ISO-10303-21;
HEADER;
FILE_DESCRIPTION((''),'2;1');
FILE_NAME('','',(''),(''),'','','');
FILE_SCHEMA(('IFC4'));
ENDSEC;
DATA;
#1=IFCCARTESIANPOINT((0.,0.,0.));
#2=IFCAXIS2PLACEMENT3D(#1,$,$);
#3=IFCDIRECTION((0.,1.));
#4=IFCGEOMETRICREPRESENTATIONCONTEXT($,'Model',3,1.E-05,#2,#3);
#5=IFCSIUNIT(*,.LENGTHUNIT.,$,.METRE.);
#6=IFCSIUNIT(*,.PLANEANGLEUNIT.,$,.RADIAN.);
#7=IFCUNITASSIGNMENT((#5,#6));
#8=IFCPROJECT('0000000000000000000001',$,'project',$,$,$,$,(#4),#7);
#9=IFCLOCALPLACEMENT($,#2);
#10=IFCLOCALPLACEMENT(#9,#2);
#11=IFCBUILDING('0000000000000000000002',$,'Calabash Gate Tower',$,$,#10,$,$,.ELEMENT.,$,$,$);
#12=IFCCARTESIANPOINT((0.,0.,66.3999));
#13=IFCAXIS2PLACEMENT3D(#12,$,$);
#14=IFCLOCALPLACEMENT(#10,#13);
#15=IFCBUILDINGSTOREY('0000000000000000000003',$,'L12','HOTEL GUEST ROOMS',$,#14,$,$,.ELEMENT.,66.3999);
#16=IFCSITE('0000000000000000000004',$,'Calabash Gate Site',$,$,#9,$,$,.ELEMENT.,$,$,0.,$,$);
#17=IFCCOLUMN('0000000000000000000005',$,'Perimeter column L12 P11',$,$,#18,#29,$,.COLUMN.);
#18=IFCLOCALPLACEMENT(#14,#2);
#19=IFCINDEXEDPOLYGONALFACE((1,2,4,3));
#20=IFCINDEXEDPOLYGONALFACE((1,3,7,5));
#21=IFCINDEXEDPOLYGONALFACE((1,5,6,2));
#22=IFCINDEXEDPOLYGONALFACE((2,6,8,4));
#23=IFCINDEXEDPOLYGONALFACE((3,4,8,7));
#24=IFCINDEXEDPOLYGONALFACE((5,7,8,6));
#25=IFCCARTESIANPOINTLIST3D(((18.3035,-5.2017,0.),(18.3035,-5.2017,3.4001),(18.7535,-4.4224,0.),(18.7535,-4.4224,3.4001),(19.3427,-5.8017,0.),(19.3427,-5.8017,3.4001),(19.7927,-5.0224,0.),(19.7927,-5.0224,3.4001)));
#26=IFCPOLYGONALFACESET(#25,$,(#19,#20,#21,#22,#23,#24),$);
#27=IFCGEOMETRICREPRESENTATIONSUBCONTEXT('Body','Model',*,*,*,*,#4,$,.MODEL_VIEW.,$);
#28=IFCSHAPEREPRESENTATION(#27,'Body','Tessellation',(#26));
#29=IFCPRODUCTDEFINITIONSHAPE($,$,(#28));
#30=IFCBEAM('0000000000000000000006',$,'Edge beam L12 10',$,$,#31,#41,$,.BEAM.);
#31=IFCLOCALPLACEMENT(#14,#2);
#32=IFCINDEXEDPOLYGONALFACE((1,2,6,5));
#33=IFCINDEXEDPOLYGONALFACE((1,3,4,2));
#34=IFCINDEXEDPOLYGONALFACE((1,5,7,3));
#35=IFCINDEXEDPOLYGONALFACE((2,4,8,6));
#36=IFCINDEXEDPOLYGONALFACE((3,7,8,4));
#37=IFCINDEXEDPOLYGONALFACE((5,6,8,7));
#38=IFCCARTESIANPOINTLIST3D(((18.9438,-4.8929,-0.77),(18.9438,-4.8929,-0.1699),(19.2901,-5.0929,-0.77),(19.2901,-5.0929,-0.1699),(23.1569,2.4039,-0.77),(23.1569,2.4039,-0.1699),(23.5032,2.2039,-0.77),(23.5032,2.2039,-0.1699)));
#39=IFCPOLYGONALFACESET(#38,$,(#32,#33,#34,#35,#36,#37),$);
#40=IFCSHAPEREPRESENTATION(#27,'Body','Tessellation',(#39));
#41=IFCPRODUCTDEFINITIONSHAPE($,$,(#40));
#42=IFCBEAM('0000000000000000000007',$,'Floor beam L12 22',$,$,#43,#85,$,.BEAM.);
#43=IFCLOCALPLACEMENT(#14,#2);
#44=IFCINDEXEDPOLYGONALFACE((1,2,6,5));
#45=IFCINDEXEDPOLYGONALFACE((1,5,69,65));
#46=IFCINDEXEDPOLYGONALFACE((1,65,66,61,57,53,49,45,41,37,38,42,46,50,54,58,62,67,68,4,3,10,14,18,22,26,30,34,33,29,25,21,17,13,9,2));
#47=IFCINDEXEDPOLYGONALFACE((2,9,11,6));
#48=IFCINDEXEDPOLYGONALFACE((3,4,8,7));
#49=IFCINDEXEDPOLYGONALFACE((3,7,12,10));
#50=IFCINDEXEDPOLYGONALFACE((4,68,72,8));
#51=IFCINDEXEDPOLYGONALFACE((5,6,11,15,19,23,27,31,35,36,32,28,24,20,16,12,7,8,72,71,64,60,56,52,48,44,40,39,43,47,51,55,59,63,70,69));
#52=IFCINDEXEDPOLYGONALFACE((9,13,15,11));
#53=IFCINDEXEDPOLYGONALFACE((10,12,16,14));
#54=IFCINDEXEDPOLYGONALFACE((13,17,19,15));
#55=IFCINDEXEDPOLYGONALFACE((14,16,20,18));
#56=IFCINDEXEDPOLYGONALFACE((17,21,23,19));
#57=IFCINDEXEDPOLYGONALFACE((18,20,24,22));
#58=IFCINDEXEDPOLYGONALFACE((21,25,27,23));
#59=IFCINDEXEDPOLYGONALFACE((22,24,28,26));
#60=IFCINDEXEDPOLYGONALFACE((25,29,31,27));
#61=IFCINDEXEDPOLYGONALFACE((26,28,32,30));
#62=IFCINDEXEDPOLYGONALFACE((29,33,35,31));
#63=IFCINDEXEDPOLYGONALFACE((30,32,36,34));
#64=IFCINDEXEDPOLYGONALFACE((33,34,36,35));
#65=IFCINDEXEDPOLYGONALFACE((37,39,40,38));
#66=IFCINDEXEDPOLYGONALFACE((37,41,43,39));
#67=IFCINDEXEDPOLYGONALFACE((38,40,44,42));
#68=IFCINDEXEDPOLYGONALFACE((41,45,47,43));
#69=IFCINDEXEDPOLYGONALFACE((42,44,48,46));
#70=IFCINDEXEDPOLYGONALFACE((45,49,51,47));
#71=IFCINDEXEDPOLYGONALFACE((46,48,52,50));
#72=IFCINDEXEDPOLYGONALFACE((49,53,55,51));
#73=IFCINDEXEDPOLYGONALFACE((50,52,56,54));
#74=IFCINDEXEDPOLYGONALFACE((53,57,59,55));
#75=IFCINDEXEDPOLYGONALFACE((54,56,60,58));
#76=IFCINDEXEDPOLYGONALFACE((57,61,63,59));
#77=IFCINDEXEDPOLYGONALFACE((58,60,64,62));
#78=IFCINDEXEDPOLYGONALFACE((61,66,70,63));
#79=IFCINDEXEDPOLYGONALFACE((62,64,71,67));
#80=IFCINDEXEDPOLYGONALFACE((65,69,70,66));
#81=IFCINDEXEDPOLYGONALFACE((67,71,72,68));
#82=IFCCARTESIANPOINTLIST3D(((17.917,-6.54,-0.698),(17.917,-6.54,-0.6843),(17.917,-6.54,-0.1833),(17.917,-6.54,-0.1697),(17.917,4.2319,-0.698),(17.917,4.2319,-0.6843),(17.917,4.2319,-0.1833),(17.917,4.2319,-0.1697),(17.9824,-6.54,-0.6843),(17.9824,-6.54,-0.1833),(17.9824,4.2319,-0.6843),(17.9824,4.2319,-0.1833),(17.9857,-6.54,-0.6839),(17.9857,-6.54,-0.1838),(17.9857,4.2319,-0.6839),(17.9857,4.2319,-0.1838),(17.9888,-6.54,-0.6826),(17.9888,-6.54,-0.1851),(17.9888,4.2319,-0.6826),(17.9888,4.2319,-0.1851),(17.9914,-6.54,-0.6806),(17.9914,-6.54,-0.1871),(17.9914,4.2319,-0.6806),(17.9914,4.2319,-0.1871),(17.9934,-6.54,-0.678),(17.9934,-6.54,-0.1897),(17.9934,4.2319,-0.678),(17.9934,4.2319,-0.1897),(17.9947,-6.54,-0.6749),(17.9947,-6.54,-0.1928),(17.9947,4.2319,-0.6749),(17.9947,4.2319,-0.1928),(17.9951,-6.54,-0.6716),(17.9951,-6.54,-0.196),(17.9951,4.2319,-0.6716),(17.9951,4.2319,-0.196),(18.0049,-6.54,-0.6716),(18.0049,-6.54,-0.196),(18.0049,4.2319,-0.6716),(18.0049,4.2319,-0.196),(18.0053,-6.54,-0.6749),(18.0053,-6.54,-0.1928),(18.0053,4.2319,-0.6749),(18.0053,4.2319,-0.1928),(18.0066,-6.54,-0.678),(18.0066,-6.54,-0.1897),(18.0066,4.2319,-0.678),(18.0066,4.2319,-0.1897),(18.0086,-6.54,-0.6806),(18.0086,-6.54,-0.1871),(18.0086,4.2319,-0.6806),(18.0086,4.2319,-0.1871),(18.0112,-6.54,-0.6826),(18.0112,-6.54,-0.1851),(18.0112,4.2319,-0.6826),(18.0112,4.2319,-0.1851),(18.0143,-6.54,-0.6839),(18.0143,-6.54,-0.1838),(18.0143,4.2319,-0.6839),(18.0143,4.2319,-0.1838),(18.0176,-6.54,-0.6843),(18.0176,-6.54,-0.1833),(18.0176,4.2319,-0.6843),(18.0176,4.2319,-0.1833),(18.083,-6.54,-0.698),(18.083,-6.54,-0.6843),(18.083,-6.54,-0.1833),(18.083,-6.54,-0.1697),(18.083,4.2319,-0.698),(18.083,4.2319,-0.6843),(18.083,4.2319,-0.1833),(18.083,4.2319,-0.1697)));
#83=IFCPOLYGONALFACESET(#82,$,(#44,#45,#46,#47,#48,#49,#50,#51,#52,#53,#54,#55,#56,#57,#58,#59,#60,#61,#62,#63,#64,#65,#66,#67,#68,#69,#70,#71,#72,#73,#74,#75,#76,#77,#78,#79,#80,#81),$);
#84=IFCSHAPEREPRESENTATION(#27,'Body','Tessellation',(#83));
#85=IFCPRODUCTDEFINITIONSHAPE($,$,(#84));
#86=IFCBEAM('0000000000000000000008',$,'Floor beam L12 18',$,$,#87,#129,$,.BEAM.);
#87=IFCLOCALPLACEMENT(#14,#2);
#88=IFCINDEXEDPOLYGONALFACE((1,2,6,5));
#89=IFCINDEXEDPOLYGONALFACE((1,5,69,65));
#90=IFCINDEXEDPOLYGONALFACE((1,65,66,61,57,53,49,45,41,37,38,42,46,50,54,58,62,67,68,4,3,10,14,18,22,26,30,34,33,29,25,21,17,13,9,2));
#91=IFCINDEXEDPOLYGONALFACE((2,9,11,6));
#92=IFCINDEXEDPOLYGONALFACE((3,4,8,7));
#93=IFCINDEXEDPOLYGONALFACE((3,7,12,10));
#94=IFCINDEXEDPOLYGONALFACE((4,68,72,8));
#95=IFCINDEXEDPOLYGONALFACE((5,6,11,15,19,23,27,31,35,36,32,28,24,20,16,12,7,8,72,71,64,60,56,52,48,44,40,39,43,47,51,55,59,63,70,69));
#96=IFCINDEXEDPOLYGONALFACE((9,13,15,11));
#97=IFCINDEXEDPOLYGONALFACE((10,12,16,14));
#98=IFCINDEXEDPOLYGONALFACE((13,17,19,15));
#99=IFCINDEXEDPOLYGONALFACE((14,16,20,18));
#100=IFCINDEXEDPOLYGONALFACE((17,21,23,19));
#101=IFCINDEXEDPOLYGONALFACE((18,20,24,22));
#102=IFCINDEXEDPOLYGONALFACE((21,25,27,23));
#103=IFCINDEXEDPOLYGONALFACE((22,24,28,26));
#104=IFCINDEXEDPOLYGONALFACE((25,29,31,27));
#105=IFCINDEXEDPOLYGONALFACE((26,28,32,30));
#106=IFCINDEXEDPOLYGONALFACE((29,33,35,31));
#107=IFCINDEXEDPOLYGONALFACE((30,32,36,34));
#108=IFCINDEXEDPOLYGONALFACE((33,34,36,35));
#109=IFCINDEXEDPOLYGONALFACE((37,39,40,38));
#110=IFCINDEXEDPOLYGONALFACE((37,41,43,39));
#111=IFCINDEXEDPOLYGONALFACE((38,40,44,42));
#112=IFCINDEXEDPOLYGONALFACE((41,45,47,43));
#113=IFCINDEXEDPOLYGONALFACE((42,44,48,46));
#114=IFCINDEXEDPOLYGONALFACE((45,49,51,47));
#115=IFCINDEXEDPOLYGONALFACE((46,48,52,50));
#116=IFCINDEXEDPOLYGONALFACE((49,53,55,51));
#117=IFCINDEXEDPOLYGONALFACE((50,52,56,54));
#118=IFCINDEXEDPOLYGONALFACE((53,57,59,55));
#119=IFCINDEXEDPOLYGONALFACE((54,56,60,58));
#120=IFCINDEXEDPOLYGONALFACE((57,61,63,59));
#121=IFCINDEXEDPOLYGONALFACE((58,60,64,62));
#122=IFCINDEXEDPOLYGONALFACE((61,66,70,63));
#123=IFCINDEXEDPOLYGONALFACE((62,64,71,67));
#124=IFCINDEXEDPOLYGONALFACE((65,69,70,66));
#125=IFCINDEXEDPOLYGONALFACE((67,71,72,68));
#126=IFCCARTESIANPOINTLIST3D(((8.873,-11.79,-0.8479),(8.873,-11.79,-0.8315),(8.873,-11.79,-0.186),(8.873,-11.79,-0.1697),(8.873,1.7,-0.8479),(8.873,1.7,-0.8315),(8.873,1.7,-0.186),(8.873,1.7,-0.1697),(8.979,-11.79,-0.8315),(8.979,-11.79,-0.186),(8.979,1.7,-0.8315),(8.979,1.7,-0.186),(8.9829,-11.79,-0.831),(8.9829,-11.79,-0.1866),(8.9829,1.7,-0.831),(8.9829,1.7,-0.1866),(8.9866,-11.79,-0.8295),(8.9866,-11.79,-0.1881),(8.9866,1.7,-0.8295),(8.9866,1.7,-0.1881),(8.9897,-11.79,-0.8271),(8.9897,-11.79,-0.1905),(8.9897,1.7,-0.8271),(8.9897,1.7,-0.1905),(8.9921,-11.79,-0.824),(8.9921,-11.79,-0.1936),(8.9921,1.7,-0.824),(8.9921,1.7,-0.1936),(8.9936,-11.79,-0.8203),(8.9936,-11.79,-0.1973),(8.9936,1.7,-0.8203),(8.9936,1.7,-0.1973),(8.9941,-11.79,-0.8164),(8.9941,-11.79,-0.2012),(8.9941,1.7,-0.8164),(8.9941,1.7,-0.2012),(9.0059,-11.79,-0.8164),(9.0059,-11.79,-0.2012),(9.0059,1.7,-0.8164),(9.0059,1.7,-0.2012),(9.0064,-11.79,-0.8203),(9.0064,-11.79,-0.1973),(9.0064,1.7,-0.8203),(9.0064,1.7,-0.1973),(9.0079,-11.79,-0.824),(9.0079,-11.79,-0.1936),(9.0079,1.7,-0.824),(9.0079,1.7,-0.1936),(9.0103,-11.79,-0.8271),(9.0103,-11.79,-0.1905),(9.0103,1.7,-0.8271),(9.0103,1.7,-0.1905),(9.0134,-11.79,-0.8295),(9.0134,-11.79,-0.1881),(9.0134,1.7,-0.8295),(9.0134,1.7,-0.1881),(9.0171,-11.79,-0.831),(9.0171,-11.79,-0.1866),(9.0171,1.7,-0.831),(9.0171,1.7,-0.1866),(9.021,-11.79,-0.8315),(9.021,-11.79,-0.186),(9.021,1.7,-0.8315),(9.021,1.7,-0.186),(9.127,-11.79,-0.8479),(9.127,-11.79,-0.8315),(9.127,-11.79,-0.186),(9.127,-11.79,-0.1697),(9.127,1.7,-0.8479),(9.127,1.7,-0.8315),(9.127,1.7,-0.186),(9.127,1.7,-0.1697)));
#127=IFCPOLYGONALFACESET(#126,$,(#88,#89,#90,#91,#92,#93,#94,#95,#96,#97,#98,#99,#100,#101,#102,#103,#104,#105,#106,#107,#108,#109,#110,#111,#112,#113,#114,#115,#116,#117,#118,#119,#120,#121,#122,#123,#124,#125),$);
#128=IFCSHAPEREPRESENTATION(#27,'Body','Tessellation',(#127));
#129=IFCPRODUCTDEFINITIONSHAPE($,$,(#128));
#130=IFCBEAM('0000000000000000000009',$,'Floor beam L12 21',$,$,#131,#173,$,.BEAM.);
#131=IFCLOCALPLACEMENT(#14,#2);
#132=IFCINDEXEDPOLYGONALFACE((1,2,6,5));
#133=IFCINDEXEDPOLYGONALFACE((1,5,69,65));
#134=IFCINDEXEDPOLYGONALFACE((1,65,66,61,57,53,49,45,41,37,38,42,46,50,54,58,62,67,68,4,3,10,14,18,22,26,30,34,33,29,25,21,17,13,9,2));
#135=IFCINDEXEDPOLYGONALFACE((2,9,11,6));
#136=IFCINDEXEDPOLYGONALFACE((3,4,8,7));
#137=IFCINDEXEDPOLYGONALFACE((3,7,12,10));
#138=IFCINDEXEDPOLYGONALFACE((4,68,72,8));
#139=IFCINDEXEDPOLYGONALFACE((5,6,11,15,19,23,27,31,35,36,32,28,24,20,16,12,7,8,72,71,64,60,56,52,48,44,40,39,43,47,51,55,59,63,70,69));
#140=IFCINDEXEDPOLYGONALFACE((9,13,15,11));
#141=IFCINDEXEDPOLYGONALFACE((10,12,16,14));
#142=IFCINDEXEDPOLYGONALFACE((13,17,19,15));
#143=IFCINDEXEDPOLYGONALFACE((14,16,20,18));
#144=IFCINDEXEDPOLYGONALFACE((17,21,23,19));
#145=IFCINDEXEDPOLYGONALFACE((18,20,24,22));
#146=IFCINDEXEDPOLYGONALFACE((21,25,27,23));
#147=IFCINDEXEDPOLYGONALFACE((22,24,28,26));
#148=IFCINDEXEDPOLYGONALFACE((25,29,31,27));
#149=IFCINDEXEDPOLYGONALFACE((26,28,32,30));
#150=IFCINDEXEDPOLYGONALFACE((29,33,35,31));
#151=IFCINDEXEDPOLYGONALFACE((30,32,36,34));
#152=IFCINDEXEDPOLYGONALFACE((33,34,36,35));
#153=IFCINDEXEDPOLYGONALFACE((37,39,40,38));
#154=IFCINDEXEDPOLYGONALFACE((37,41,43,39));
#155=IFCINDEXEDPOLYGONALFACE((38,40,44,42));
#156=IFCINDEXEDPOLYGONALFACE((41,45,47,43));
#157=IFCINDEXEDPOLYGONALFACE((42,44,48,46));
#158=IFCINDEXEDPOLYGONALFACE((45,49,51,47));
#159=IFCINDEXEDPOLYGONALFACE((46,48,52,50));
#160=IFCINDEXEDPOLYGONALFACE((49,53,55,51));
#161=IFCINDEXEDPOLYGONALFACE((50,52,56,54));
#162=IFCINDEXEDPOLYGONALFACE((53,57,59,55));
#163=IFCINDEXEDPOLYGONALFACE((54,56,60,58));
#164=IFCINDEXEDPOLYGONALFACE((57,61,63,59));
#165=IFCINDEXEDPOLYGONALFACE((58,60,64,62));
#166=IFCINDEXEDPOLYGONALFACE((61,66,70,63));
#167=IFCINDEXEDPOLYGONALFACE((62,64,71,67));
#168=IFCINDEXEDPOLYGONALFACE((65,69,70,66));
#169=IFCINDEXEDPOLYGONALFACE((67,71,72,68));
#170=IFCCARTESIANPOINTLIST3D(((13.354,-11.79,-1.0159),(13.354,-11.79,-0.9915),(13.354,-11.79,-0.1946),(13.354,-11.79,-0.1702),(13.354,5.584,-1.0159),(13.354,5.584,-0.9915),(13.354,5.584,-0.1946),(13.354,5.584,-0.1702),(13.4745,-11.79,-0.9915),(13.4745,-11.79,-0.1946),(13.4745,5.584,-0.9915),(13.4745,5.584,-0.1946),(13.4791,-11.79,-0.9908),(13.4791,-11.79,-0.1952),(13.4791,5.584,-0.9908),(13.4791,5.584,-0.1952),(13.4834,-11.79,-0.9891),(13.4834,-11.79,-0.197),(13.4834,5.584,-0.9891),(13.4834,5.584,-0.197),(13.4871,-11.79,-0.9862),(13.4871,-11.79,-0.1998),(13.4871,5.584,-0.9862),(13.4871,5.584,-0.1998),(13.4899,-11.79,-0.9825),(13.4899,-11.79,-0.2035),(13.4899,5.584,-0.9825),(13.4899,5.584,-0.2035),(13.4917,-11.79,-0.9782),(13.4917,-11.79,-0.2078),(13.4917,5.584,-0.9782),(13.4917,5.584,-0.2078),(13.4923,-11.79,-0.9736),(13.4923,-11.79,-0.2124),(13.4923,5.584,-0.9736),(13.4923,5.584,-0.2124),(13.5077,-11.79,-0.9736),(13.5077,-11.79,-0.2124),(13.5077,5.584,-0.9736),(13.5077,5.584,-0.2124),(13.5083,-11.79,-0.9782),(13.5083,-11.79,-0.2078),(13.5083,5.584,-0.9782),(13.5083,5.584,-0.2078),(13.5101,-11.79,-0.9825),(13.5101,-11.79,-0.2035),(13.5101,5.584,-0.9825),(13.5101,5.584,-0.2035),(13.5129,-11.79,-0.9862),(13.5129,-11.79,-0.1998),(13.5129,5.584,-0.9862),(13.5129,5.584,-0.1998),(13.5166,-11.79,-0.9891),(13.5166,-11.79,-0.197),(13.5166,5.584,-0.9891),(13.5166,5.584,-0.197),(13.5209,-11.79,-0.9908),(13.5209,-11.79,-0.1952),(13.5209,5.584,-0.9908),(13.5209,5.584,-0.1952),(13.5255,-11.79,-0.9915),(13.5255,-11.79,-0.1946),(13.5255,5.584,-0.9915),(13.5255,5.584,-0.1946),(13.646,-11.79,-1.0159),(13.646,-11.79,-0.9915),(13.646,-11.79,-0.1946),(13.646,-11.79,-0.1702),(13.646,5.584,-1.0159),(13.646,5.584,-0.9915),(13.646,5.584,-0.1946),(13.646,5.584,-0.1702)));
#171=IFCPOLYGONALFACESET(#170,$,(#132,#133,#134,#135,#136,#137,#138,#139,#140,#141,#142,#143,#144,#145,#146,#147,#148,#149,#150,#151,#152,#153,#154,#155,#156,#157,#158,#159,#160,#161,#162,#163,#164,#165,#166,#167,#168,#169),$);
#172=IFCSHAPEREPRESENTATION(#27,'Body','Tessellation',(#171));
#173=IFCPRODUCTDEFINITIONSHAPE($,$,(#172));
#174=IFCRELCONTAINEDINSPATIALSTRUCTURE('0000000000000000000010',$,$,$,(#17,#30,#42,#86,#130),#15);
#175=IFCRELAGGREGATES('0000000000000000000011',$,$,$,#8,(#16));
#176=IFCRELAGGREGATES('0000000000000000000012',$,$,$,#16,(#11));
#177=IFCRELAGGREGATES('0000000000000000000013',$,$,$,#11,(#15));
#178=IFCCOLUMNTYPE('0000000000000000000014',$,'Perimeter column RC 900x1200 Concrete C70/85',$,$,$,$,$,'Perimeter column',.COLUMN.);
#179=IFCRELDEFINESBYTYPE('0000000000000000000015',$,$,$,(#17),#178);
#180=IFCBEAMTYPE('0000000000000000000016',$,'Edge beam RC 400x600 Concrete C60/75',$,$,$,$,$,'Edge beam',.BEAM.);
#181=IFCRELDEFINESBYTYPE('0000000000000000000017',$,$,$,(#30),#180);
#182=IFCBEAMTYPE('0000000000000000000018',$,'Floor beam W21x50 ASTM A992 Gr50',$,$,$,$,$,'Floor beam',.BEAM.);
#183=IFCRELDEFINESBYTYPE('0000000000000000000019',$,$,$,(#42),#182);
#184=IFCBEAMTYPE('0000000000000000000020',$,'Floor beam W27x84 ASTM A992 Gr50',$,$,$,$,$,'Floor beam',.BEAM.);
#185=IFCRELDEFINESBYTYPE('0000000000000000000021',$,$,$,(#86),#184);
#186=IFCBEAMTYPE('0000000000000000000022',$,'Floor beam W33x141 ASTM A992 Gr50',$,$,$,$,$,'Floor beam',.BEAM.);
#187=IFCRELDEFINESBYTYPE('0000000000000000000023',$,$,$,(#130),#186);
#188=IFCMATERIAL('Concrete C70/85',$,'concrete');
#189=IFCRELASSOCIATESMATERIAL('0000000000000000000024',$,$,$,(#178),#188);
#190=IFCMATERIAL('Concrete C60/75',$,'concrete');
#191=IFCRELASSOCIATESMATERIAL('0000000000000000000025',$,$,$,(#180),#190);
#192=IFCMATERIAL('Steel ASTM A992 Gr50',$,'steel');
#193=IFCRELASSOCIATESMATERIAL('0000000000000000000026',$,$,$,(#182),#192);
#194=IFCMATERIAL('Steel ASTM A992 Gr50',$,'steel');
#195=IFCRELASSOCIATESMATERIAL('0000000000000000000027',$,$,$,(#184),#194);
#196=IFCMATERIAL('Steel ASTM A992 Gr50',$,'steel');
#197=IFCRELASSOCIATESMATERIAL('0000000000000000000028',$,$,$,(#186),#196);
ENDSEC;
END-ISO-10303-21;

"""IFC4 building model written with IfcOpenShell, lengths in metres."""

from ifc_helpers import new_model, si_unit, direction, frame, origin, origin_2d, place, context, subcontext, project, spatial, rectangle, i_section, extrude, material, material_profile, profile_set, type_object, element, save


model = new_model("IFC4")

# Units and contexts
model_context = context("Model", 3, precision=1e-05, world=origin(), true_north=direction((0.0, 1.0)))
body_context = subcontext(model_context, "Body", "Model", "MODEL_VIEW")
ifc_project = project(units=[si_unit("LENGTHUNIT", "METRE"), si_unit("PLANEANGLEUNIT", "RADIAN")], contexts=[model_context])

# Site, building, storey
site_placement = place(None, origin())
site = spatial("IfcSite", under=ifc_project, at=site_placement, Name="Calabash Gate Site", CompositionType="ELEMENT", RefElevation=0.0)
building_placement = place(site_placement, origin())
building = spatial("IfcBuilding", under=site, at=building_placement, Name="Calabash Gate Tower", CompositionType="ELEMENT")
storey_placement = place(building_placement, frame((0.0, 0.0, 66.3999)))
storey = spatial("IfcBuildingStorey", under=building, at=storey_placement, Name="L12", Description="HOTEL GUEST ROOMS", CompositionType="ELEMENT", Elevation=66.3999)

# Column
ifc_material_1 = material(Name="Concrete C70/85", Category="concrete")
ifc_material_profile_1 = material_profile(ifc_material_1, rectangle(XDim=0.8999, YDim=1.2, at=origin_2d()))
ifc_profile_set_1 = profile_set([ifc_material_profile_1], Name="Concrete C70/85")
column_type = type_object("IfcColumnType", Name="Perimeter column RC 900x1200 Concrete C70/85", ElementType="Perimeter column", PredefinedType="COLUMN", material=ifc_profile_set_1)
column_placement = place(storey_placement, frame((19.0481, -5.1121, 0.0), z_axis=(0.0, 0.0, 1.0), x_axis=(0.5, 0.866025, 0.0)))
element("IfcColumn", 1, at=column_placement, inside=storey, type_object=column_type, Name="Perimeter column L12 P11", PredefinedType="COLUMN", context=body_context, shape_type="SweptSolid", body=[
    extrude(rectangle(XDim=0.8999, YDim=1.2, at=origin_2d()), origin(), (0.0, 0.0, 1.0), 3.4001),
])

# Beams
ifc_material_2 = material(Name="Concrete C60/75", Category="concrete")
ifc_material_profile_2 = material_profile(ifc_material_2, rectangle(XDim=0.3999, YDim=0.6001, at=origin_2d()))
ifc_profile_set_2 = profile_set([ifc_material_profile_2], Name="Concrete C60/75")
beam_type_1 = type_object("IfcBeamType", Name="Edge beam RC 400x600 Concrete C60/75", ElementType="Edge beam", PredefinedType="BEAM", material=ifc_profile_set_2)
beam_1_placement = place(storey_placement, frame((19.1169, -4.9929, -0.47), z_axis=(0.500025, 0.866011, 0.0), x_axis=(-0.866011, 0.500025, 0.0)))
element("IfcBeam", 2, at=beam_1_placement, inside=storey, type_object=beam_type_1, Name="Edge beam L12 10", PredefinedType="BEAM", context=body_context, shape_type="SweptSolid", body=[
    extrude(rectangle(XDim=0.3999, YDim=0.6001, at=origin_2d()), origin(), (0.0, 0.0, 1.0), 8.4258),
])
ifc_material_3 = material(Name="Steel ASTM A992 Gr50", Category="steel")
ifc_material_profile_3 = material_profile(ifc_material_3, i_section(OverallWidth=0.166, OverallDepth=0.5283, WebThickness=0.0098, FlangeThickness=0.0137, FilletRadius=0.0127, at=origin_2d()))
ifc_profile_set_3 = profile_set([ifc_material_profile_3], Name="Steel ASTM A992 Gr50")
beam_type_2 = type_object("IfcBeamType", Name="Floor beam W21x50 ASTM A992 Gr50", ElementType="Floor beam", PredefinedType="BEAM", material=ifc_profile_set_3)
beam_2_placement = place(storey_placement, frame((18.0, -6.54, -0.4338), z_axis=(0.0, 1.0, 0.0), x_axis=(-1.0, 0.0, 0.0)))
element("IfcBeam", 3, at=beam_2_placement, inside=storey, type_object=beam_type_2, Name="Floor beam L12 22", PredefinedType="BEAM", context=body_context, shape_type="SweptSolid", body=[
    extrude(i_section(OverallWidth=0.166, OverallDepth=0.5283, WebThickness=0.0098, FlangeThickness=0.0137, FilletRadius=0.0127, at=origin_2d()), origin(), (0.0, 0.0, 1.0), 10.772),
])
ifc_material_4 = material(Name="Steel ASTM A992 Gr50", Category="steel")
ifc_material_profile_4 = material_profile(ifc_material_4, i_section(OverallWidth=0.2539, OverallDepth=0.6782, WebThickness=0.0117, FlangeThickness=0.0164, FilletRadius=0.0151, at=origin_2d()))
ifc_profile_set_4 = profile_set([ifc_material_profile_4], Name="Steel ASTM A992 Gr50")
beam_type_3 = type_object("IfcBeamType", Name="Floor beam W27x84 ASTM A992 Gr50", ElementType="Floor beam", PredefinedType="BEAM", material=ifc_profile_set_4)
beam_3_placement = place(storey_placement, frame((9.0, -11.79, -0.5088), z_axis=(0.0, 1.0, 0.0), x_axis=(-1.0, 0.0, 0.0)))
element("IfcBeam", 4, at=beam_3_placement, inside=storey, type_object=beam_type_3, Name="Floor beam L12 18", PredefinedType="BEAM", context=body_context, shape_type="SweptSolid", body=[
    extrude(i_section(OverallWidth=0.2539, OverallDepth=0.6782, WebThickness=0.0117, FlangeThickness=0.0164, FilletRadius=0.0151, at=origin_2d()), origin(), (0.0, 0.0, 1.0), 13.49),
])
ifc_material_5 = material(Name="Steel ASTM A992 Gr50", Category="steel")
ifc_material_profile_5 = material_profile(ifc_material_5, i_section(OverallWidth=0.292, OverallDepth=0.8457, WebThickness=0.0154, FlangeThickness=0.0244, FilletRadius=0.0178, at=origin_2d()))
ifc_profile_set_5 = profile_set([ifc_material_profile_5], Name="Steel ASTM A992 Gr50")
beam_type_4 = type_object("IfcBeamType", Name="Floor beam W33x141 ASTM A992 Gr50", ElementType="Floor beam", PredefinedType="BEAM", material=ifc_profile_set_5)
beam_4_placement = place(storey_placement, frame((13.5, -11.79, -0.593), z_axis=(0.0, 1.0, 0.0), x_axis=(-1.0, 0.0, 0.0)))
element("IfcBeam", 5, at=beam_4_placement, inside=storey, type_object=beam_type_4, Name="Floor beam L12 21", PredefinedType="BEAM", context=body_context, shape_type="SweptSolid", body=[
    extrude(i_section(OverallWidth=0.292, OverallDepth=0.8457, WebThickness=0.0154, FlangeThickness=0.0244, FilletRadius=0.0178, at=origin_2d()), origin(), (0.0, 0.0, 1.0), 17.374),
])

save(model, "model.ifc")
